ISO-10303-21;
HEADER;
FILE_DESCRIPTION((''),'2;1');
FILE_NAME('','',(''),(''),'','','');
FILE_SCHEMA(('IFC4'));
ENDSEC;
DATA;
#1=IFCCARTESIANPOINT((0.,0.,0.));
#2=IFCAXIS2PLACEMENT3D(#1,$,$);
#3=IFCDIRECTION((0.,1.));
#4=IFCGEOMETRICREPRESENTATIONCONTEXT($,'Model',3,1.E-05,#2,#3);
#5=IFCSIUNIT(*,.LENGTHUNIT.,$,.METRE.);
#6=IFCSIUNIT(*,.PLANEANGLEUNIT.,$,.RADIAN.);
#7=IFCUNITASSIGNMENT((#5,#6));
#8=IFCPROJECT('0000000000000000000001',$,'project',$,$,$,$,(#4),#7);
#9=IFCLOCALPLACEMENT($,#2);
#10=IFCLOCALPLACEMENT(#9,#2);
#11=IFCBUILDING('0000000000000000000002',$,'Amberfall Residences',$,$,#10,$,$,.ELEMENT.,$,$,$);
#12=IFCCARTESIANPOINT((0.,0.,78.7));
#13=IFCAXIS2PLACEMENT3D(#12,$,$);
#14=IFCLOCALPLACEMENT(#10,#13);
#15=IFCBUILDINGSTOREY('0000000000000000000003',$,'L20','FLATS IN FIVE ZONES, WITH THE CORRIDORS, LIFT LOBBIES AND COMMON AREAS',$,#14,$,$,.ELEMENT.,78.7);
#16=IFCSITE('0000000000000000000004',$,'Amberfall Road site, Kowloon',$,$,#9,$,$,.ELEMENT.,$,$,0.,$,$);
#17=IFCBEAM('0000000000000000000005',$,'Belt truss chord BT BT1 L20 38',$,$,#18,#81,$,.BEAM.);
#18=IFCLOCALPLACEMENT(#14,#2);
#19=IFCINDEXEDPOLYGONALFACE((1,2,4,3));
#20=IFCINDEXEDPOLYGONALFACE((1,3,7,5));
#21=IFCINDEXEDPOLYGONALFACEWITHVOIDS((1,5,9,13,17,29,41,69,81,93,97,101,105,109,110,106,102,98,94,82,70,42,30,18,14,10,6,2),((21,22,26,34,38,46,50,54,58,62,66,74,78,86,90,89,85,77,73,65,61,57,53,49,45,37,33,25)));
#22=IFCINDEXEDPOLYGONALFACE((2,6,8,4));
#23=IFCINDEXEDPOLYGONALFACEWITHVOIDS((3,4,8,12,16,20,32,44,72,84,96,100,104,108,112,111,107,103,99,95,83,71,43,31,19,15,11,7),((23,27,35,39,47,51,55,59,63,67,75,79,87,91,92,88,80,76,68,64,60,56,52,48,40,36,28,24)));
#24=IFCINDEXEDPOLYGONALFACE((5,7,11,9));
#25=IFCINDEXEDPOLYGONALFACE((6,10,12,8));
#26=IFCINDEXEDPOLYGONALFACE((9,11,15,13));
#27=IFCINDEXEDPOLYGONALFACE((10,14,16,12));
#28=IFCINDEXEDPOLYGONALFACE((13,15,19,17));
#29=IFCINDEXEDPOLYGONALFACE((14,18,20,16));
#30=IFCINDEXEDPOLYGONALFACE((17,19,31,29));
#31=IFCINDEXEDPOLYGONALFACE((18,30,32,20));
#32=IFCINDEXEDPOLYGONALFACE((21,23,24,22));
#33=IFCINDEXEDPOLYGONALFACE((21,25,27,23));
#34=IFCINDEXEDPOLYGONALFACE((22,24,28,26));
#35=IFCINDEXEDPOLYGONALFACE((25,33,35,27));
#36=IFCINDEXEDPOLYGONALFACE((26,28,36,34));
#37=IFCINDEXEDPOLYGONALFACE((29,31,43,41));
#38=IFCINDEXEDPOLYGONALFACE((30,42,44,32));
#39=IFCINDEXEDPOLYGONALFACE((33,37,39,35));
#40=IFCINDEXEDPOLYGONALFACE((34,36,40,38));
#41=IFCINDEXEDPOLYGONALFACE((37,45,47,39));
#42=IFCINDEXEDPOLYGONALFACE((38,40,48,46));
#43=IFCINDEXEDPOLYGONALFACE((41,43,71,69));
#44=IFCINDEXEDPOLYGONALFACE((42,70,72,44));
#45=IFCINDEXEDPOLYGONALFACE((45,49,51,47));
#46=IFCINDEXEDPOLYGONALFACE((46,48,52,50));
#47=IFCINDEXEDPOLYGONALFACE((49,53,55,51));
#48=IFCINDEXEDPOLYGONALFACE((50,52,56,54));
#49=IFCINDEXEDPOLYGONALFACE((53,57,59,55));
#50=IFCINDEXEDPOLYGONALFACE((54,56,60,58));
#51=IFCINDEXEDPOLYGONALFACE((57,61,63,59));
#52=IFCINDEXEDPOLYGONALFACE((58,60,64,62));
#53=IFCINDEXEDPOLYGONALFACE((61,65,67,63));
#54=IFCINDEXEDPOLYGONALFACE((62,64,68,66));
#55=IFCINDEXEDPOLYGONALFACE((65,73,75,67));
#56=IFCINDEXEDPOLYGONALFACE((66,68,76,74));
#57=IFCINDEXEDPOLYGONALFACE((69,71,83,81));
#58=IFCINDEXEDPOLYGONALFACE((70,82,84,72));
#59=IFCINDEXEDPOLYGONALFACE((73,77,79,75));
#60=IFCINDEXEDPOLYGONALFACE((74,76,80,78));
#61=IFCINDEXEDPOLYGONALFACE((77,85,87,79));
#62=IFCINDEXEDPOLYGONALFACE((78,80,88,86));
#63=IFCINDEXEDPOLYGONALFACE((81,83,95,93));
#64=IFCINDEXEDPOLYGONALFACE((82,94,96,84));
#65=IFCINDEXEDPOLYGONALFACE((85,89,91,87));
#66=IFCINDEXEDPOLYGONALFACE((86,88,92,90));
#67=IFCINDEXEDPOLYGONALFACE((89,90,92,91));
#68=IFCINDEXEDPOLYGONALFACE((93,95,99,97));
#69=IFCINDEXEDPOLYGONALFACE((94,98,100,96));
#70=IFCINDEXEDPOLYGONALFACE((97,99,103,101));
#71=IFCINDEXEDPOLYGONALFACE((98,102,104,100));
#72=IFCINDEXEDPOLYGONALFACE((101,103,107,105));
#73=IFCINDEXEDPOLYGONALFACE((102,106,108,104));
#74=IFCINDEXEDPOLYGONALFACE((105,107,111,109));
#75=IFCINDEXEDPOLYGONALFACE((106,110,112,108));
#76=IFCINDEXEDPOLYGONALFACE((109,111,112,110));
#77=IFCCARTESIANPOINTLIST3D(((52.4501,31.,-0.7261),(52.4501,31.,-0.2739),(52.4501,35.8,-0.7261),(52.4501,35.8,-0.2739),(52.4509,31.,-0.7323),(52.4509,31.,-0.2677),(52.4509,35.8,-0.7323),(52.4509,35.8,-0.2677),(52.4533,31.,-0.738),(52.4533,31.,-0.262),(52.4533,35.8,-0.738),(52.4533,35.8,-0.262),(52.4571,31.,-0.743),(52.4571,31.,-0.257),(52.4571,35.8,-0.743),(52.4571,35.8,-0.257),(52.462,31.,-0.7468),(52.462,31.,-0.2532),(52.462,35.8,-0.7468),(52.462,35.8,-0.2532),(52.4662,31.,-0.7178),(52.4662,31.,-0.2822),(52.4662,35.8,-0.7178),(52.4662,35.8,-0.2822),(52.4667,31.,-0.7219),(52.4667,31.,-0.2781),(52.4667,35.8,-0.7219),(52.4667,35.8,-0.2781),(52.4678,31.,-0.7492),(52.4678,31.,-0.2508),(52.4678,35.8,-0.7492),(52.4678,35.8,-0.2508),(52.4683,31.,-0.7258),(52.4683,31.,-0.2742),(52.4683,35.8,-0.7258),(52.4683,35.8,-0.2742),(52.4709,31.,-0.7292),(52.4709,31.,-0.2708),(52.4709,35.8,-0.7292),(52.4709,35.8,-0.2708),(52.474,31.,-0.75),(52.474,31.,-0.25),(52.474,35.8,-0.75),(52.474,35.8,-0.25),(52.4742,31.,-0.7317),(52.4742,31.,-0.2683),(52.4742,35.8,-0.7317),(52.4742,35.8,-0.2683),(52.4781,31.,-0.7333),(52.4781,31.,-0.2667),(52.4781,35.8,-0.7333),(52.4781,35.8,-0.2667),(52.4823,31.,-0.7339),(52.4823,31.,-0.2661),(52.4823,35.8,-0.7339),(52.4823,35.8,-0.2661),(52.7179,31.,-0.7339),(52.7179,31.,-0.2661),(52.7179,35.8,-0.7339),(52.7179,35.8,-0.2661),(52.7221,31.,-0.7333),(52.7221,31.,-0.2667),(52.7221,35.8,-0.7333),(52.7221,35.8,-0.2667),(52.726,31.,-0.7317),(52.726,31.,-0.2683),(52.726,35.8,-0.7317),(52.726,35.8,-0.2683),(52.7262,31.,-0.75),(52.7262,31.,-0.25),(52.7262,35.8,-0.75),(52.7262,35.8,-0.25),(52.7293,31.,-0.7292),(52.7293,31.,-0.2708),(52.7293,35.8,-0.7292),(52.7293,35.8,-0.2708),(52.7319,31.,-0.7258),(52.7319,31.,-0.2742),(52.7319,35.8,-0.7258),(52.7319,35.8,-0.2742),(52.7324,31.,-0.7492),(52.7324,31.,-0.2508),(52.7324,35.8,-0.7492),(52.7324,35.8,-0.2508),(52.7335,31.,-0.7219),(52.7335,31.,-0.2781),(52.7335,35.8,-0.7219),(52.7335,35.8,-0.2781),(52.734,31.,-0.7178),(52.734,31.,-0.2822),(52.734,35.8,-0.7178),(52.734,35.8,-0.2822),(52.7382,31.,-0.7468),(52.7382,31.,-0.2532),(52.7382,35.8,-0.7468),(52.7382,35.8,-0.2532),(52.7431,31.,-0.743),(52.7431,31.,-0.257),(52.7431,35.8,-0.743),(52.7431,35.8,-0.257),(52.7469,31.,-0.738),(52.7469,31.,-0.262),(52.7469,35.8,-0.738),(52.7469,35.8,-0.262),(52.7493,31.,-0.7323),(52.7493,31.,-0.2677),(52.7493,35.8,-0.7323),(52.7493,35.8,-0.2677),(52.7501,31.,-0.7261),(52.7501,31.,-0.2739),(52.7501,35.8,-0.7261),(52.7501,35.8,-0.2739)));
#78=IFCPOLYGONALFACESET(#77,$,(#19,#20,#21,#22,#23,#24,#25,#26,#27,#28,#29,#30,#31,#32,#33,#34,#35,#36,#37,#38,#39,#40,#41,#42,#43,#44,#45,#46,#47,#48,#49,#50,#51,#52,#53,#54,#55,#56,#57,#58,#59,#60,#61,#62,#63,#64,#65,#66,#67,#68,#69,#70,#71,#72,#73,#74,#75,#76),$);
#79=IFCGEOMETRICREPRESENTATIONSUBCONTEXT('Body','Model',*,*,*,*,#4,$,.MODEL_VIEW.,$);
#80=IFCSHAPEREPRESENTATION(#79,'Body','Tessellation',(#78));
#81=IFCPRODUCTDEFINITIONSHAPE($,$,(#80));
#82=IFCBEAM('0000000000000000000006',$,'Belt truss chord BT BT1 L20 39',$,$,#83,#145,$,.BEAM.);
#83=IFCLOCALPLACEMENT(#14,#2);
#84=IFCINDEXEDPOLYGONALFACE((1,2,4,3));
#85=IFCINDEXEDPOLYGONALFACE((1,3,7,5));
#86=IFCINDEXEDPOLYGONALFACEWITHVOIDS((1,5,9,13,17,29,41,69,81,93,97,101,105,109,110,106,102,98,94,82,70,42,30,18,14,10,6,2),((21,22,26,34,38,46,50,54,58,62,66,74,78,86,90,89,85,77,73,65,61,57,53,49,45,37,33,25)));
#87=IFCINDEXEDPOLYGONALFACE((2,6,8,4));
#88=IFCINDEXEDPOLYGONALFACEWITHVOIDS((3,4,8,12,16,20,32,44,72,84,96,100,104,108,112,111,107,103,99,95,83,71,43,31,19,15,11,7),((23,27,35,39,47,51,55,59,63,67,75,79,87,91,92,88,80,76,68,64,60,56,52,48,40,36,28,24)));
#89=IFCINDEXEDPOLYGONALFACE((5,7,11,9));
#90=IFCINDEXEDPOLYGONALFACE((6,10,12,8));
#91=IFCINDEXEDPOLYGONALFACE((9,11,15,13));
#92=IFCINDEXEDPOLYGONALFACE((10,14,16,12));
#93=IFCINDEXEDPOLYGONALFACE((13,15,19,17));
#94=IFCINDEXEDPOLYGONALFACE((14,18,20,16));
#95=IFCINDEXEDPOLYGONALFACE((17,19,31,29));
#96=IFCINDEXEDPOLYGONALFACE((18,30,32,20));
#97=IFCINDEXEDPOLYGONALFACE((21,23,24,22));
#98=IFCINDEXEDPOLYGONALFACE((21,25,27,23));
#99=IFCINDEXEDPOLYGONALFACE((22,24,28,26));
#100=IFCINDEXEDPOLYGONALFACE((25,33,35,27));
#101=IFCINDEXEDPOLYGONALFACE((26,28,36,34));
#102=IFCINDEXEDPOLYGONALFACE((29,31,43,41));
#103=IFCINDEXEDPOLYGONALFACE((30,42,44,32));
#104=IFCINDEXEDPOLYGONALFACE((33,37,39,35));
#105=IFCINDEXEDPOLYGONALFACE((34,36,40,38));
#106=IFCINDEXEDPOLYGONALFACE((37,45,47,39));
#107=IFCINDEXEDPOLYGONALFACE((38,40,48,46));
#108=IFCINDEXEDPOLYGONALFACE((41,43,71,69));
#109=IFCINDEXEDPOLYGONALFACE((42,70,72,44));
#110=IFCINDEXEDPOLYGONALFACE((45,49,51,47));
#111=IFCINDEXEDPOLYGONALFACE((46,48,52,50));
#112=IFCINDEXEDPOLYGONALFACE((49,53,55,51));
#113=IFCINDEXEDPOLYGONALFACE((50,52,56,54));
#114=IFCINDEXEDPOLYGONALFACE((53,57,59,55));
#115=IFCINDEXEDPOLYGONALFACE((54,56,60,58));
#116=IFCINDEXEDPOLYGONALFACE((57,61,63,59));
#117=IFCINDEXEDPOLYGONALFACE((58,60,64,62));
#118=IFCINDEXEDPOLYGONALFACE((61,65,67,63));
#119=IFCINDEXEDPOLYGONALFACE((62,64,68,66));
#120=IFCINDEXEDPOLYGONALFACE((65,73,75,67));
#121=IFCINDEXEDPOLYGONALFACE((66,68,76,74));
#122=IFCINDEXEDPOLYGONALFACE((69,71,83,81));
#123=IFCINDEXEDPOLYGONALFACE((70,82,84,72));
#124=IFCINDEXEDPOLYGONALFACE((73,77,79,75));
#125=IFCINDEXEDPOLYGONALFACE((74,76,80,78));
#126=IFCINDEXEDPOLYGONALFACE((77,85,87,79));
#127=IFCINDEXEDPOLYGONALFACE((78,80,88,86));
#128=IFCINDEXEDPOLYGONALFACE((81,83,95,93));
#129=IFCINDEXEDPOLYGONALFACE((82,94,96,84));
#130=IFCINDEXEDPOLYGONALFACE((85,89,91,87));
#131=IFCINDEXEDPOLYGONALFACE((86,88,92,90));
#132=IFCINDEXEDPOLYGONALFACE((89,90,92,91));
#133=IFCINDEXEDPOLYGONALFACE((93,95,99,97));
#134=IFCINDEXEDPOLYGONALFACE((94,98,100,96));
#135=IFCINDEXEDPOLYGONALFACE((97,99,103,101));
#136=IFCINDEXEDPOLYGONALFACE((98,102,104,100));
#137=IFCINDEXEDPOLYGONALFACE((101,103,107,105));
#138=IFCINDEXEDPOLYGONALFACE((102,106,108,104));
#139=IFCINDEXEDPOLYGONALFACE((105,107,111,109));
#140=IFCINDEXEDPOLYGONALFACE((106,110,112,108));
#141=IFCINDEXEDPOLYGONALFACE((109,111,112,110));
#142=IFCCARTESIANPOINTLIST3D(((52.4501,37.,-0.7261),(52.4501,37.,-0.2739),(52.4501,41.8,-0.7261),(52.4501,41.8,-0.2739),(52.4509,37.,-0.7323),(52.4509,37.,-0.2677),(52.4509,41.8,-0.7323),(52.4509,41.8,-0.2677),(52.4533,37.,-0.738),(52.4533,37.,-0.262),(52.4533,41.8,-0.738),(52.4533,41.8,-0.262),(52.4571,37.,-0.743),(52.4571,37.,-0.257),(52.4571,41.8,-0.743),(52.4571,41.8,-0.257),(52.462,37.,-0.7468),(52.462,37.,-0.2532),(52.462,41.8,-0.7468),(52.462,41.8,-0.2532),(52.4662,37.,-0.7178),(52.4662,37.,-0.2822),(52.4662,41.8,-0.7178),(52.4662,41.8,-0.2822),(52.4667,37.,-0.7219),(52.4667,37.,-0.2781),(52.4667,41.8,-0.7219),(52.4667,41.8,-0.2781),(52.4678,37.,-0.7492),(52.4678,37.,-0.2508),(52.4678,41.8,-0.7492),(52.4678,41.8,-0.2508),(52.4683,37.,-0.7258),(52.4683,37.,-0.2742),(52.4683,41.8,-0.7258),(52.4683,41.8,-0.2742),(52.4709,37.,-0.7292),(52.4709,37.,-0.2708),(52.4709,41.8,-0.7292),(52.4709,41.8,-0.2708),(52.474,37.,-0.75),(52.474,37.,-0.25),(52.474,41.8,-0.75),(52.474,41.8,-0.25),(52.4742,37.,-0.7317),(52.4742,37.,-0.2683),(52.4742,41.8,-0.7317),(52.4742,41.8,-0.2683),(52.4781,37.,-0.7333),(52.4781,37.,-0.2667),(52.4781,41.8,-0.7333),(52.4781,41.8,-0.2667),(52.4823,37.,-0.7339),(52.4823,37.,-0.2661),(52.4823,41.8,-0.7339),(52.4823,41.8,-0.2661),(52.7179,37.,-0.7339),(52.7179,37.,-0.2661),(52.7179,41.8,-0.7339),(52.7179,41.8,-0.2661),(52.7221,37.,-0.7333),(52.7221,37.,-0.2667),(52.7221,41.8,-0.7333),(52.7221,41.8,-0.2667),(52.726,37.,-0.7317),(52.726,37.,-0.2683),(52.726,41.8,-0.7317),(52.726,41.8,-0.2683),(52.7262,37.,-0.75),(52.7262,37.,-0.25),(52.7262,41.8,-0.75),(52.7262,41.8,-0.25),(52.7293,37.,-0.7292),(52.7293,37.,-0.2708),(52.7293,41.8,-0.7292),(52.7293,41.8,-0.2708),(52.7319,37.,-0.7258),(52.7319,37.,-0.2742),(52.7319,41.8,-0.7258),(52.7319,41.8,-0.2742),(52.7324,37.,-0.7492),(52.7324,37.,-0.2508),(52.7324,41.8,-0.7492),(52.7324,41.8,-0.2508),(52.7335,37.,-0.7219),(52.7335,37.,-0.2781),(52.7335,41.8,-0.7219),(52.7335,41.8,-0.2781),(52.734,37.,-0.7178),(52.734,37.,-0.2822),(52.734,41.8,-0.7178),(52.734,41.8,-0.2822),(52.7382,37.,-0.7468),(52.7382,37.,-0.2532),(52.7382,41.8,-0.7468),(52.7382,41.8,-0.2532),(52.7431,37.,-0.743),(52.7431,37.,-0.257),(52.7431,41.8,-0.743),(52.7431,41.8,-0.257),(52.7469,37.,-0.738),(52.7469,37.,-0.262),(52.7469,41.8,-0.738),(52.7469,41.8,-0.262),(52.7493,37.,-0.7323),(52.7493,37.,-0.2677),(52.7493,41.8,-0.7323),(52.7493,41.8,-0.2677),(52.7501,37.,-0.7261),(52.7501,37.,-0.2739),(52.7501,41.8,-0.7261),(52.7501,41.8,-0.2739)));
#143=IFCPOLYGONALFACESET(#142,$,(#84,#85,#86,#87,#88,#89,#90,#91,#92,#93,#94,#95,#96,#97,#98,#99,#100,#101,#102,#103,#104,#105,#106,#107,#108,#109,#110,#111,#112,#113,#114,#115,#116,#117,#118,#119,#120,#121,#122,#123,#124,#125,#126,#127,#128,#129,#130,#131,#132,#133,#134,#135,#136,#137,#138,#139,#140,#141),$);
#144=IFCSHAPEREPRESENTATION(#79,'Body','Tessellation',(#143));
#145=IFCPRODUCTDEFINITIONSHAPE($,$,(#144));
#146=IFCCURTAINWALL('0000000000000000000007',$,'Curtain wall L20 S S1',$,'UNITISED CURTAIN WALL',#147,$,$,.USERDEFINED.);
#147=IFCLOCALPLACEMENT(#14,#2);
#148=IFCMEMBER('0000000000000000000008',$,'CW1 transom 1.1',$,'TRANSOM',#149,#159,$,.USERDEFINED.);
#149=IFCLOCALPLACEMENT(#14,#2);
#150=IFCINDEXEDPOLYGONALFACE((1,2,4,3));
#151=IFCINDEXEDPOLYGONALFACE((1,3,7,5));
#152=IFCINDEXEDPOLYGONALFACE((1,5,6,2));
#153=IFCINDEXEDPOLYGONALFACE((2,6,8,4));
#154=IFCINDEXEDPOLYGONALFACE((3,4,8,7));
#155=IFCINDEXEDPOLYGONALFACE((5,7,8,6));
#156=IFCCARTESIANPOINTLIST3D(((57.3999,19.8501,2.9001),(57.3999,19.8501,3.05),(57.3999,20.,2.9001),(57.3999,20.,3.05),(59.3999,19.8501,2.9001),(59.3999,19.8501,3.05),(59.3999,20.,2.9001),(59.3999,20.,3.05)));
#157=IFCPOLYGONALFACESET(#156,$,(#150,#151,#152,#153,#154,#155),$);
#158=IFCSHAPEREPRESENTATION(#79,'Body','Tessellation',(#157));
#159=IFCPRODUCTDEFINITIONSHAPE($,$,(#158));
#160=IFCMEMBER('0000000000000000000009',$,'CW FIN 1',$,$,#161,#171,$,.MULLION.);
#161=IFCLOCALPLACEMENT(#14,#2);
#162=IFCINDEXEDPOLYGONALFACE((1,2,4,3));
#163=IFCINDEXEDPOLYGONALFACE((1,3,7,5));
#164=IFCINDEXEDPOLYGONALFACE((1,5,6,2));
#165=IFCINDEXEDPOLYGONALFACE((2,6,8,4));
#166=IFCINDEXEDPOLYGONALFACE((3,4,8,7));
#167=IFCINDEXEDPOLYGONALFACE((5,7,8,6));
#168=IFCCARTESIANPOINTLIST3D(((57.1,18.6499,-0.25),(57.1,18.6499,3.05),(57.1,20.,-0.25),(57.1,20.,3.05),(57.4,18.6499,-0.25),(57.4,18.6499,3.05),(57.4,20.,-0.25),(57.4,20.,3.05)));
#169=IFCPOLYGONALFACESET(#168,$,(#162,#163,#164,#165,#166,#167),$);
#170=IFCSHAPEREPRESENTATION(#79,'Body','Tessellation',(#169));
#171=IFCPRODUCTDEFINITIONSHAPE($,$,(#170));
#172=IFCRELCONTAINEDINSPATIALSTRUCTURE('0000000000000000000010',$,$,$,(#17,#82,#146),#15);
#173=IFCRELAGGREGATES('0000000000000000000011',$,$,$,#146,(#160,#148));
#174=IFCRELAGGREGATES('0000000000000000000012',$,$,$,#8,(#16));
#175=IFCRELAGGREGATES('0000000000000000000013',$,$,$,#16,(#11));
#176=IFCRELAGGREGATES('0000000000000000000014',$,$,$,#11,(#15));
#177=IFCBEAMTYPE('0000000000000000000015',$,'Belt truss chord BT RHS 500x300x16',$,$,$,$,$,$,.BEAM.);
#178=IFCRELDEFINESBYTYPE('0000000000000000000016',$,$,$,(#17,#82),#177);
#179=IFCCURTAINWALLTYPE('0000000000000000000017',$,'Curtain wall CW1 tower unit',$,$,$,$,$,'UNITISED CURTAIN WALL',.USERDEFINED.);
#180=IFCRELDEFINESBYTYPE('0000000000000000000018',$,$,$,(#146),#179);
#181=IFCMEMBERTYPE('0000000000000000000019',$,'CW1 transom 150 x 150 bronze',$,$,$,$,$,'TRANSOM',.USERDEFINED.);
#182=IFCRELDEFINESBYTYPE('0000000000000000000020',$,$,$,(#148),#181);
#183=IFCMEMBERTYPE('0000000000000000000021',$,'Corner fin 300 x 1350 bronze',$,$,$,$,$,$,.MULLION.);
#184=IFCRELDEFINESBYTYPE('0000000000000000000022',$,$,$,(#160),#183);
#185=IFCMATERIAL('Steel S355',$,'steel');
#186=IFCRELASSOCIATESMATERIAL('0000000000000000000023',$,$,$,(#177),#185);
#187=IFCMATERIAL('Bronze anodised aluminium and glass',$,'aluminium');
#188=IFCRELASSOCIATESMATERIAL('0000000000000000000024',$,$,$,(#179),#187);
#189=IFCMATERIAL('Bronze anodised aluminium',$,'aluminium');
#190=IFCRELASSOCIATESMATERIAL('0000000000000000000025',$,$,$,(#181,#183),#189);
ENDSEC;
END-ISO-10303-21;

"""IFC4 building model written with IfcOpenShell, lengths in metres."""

from ifc_helpers import new_model, si_unit, direction, frame, origin, origin_2d, place, context, subcontext, project, spatial, rectangle, hollow_rectangle, extrude, material, material_profile, profile_set, type_object, element, aggregate, save


model = new_model("IFC4")

# Units and contexts
model_context = context("Model", 3, precision=1e-05, world=origin(), true_north=direction((0.0, 1.0)))
body_context = subcontext(model_context, "Body", "Model", "MODEL_VIEW")
ifc_project = project(units=[si_unit("LENGTHUNIT", "METRE"), si_unit("PLANEANGLEUNIT", "RADIAN")], contexts=[model_context])

# Site, building, storey
site_placement = place(None, origin())
site = spatial("IfcSite", under=ifc_project, at=site_placement, Name="Amberfall Road site, Kowloon", CompositionType="ELEMENT", RefElevation=0.0)
building_placement = place(site_placement, origin())
building = spatial("IfcBuilding", under=site, at=building_placement, Name="Amberfall Residences", CompositionType="ELEMENT")
storey_placement = place(building_placement, frame((0.0, 0.0, 78.7)))
storey = spatial("IfcBuildingStorey", under=building, at=storey_placement, Name="L20", Description="FLATS IN FIVE ZONES, WITH THE CORRIDORS, LIFT LOBBIES AND COMMON AREAS", CompositionType="ELEMENT", Elevation=78.7)

# Beams
ifc_material_1 = material(Name="Steel S355", Category="steel")
ifc_material_profile_1 = material_profile(ifc_material_1, hollow_rectangle(XDim=0.3, YDim=0.5, WallThickness=0.0161, InnerFilletRadius=0.0161, OuterFilletRadius=0.0239, at=origin_2d()), Name="RHS 500x300x16")
ifc_profile_set_1 = profile_set([ifc_material_profile_1], Name="Steel S355")
beam_type_1 = type_object("IfcBeamType", Name="Belt truss chord BT RHS 500x300x16", PredefinedType="BEAM", material=ifc_profile_set_1)
for number, where, z_axis, x_axis, name in (
    (1, (52.6001, 31.0, -0.5), (0.0, 1.0, 0.0), (-1.0, 0.0, 0.0), "Belt truss chord BT BT1 L20 38"),
    (2, (52.6001, 37.0, -0.5), (0.0, 1.0, 0.0), (-1.0, 0.0, 0.0), "Belt truss chord BT BT1 L20 39"),
):
    element("IfcBeam", number, at=place(storey_placement, frame(where, z_axis=z_axis, x_axis=x_axis)), inside=storey, type_object=beam_type_1, Name=name, PredefinedType="BEAM", context=body_context, shape_type="SweptSolid", body=[
        extrude(hollow_rectangle(XDim=0.3, YDim=0.5, WallThickness=0.0161, InnerFilletRadius=0.0161, OuterFilletRadius=0.0239, at=origin_2d()), origin(), (0.0, 0.0, 1.0), 4.8),
    ])

# Curtain wall, members
ifc_material_2 = material(Name="Bronze anodised aluminium and glass", Category="aluminium")
curtain_wall_type = type_object("IfcCurtainWallType", Name="Curtain wall CW1 tower unit", ElementType="UNITISED CURTAIN WALL", PredefinedType="USERDEFINED", material=ifc_material_2)
curtain_wall_placement = place(storey_placement, origin())
curtain_wall = element("IfcCurtainWall", 3, at=curtain_wall_placement, inside=storey, type_object=curtain_wall_type, Name="Curtain wall L20 S S1", ObjectType="UNITISED CURTAIN WALL", PredefinedType="USERDEFINED")
ifc_material_3 = material(Name="Bronze anodised aluminium", Category="aluminium")
ifc_material_profile_2 = material_profile(ifc_material_3, rectangle(XDim=0.1499, YDim=0.1499, at=origin_2d()), Name="CW1 transom 150 x 150 bronze")
ifc_profile_set_2 = profile_set([ifc_material_profile_2], Name="Bronze anodised aluminium")
member_type_1 = type_object("IfcMemberType", Name="CW1 transom 150 x 150 bronze", ElementType="TRANSOM", PredefinedType="USERDEFINED", material=ifc_profile_set_2)
member_1_placement = place(storey_placement, frame((57.3999, 19.925, 2.9751), z_axis=(1.0, 0.0, 0.0), x_axis=(0.0, 1.0, 0.0)))
member_1 = element("IfcMember", 4, at=member_1_placement, type_object=member_type_1, Name="CW1 transom 1.1", ObjectType="TRANSOM", PredefinedType="USERDEFINED", context=body_context, shape_type="SweptSolid", body=[
    extrude(rectangle(XDim=0.1499, YDim=0.1499, at=origin_2d()), origin(), (0.0, 0.0, 1.0), 2.0),
])
ifc_material_profile_3 = material_profile(ifc_material_3, rectangle(XDim=1.3501, YDim=0.3, at=origin_2d()), Name="Corner fin 300 x 1350 bronze")
ifc_profile_set_3 = profile_set([ifc_material_profile_3], Name="Bronze anodised aluminium")
member_type_2 = type_object("IfcMemberType", Name="Corner fin 300 x 1350 bronze", PredefinedType="MULLION", material=ifc_profile_set_3)
member_2_placement = place(storey_placement, frame((57.25, 19.325, -0.25), z_axis=(0.0, 0.0, 1.0), x_axis=(0.0, 1.0, 0.0)))
member_2 = element("IfcMember", 5, at=member_2_placement, type_object=member_type_2, Name="CW FIN 1", PredefinedType="MULLION", context=body_context, shape_type="SweptSolid", body=[
    extrude(rectangle(XDim=1.3501, YDim=0.3, at=origin_2d()), origin(), (0.0, 0.0, 1.0), 3.3),
])

aggregate(curtain_wall, [member_2, member_1])

save(model, "model.ifc")
